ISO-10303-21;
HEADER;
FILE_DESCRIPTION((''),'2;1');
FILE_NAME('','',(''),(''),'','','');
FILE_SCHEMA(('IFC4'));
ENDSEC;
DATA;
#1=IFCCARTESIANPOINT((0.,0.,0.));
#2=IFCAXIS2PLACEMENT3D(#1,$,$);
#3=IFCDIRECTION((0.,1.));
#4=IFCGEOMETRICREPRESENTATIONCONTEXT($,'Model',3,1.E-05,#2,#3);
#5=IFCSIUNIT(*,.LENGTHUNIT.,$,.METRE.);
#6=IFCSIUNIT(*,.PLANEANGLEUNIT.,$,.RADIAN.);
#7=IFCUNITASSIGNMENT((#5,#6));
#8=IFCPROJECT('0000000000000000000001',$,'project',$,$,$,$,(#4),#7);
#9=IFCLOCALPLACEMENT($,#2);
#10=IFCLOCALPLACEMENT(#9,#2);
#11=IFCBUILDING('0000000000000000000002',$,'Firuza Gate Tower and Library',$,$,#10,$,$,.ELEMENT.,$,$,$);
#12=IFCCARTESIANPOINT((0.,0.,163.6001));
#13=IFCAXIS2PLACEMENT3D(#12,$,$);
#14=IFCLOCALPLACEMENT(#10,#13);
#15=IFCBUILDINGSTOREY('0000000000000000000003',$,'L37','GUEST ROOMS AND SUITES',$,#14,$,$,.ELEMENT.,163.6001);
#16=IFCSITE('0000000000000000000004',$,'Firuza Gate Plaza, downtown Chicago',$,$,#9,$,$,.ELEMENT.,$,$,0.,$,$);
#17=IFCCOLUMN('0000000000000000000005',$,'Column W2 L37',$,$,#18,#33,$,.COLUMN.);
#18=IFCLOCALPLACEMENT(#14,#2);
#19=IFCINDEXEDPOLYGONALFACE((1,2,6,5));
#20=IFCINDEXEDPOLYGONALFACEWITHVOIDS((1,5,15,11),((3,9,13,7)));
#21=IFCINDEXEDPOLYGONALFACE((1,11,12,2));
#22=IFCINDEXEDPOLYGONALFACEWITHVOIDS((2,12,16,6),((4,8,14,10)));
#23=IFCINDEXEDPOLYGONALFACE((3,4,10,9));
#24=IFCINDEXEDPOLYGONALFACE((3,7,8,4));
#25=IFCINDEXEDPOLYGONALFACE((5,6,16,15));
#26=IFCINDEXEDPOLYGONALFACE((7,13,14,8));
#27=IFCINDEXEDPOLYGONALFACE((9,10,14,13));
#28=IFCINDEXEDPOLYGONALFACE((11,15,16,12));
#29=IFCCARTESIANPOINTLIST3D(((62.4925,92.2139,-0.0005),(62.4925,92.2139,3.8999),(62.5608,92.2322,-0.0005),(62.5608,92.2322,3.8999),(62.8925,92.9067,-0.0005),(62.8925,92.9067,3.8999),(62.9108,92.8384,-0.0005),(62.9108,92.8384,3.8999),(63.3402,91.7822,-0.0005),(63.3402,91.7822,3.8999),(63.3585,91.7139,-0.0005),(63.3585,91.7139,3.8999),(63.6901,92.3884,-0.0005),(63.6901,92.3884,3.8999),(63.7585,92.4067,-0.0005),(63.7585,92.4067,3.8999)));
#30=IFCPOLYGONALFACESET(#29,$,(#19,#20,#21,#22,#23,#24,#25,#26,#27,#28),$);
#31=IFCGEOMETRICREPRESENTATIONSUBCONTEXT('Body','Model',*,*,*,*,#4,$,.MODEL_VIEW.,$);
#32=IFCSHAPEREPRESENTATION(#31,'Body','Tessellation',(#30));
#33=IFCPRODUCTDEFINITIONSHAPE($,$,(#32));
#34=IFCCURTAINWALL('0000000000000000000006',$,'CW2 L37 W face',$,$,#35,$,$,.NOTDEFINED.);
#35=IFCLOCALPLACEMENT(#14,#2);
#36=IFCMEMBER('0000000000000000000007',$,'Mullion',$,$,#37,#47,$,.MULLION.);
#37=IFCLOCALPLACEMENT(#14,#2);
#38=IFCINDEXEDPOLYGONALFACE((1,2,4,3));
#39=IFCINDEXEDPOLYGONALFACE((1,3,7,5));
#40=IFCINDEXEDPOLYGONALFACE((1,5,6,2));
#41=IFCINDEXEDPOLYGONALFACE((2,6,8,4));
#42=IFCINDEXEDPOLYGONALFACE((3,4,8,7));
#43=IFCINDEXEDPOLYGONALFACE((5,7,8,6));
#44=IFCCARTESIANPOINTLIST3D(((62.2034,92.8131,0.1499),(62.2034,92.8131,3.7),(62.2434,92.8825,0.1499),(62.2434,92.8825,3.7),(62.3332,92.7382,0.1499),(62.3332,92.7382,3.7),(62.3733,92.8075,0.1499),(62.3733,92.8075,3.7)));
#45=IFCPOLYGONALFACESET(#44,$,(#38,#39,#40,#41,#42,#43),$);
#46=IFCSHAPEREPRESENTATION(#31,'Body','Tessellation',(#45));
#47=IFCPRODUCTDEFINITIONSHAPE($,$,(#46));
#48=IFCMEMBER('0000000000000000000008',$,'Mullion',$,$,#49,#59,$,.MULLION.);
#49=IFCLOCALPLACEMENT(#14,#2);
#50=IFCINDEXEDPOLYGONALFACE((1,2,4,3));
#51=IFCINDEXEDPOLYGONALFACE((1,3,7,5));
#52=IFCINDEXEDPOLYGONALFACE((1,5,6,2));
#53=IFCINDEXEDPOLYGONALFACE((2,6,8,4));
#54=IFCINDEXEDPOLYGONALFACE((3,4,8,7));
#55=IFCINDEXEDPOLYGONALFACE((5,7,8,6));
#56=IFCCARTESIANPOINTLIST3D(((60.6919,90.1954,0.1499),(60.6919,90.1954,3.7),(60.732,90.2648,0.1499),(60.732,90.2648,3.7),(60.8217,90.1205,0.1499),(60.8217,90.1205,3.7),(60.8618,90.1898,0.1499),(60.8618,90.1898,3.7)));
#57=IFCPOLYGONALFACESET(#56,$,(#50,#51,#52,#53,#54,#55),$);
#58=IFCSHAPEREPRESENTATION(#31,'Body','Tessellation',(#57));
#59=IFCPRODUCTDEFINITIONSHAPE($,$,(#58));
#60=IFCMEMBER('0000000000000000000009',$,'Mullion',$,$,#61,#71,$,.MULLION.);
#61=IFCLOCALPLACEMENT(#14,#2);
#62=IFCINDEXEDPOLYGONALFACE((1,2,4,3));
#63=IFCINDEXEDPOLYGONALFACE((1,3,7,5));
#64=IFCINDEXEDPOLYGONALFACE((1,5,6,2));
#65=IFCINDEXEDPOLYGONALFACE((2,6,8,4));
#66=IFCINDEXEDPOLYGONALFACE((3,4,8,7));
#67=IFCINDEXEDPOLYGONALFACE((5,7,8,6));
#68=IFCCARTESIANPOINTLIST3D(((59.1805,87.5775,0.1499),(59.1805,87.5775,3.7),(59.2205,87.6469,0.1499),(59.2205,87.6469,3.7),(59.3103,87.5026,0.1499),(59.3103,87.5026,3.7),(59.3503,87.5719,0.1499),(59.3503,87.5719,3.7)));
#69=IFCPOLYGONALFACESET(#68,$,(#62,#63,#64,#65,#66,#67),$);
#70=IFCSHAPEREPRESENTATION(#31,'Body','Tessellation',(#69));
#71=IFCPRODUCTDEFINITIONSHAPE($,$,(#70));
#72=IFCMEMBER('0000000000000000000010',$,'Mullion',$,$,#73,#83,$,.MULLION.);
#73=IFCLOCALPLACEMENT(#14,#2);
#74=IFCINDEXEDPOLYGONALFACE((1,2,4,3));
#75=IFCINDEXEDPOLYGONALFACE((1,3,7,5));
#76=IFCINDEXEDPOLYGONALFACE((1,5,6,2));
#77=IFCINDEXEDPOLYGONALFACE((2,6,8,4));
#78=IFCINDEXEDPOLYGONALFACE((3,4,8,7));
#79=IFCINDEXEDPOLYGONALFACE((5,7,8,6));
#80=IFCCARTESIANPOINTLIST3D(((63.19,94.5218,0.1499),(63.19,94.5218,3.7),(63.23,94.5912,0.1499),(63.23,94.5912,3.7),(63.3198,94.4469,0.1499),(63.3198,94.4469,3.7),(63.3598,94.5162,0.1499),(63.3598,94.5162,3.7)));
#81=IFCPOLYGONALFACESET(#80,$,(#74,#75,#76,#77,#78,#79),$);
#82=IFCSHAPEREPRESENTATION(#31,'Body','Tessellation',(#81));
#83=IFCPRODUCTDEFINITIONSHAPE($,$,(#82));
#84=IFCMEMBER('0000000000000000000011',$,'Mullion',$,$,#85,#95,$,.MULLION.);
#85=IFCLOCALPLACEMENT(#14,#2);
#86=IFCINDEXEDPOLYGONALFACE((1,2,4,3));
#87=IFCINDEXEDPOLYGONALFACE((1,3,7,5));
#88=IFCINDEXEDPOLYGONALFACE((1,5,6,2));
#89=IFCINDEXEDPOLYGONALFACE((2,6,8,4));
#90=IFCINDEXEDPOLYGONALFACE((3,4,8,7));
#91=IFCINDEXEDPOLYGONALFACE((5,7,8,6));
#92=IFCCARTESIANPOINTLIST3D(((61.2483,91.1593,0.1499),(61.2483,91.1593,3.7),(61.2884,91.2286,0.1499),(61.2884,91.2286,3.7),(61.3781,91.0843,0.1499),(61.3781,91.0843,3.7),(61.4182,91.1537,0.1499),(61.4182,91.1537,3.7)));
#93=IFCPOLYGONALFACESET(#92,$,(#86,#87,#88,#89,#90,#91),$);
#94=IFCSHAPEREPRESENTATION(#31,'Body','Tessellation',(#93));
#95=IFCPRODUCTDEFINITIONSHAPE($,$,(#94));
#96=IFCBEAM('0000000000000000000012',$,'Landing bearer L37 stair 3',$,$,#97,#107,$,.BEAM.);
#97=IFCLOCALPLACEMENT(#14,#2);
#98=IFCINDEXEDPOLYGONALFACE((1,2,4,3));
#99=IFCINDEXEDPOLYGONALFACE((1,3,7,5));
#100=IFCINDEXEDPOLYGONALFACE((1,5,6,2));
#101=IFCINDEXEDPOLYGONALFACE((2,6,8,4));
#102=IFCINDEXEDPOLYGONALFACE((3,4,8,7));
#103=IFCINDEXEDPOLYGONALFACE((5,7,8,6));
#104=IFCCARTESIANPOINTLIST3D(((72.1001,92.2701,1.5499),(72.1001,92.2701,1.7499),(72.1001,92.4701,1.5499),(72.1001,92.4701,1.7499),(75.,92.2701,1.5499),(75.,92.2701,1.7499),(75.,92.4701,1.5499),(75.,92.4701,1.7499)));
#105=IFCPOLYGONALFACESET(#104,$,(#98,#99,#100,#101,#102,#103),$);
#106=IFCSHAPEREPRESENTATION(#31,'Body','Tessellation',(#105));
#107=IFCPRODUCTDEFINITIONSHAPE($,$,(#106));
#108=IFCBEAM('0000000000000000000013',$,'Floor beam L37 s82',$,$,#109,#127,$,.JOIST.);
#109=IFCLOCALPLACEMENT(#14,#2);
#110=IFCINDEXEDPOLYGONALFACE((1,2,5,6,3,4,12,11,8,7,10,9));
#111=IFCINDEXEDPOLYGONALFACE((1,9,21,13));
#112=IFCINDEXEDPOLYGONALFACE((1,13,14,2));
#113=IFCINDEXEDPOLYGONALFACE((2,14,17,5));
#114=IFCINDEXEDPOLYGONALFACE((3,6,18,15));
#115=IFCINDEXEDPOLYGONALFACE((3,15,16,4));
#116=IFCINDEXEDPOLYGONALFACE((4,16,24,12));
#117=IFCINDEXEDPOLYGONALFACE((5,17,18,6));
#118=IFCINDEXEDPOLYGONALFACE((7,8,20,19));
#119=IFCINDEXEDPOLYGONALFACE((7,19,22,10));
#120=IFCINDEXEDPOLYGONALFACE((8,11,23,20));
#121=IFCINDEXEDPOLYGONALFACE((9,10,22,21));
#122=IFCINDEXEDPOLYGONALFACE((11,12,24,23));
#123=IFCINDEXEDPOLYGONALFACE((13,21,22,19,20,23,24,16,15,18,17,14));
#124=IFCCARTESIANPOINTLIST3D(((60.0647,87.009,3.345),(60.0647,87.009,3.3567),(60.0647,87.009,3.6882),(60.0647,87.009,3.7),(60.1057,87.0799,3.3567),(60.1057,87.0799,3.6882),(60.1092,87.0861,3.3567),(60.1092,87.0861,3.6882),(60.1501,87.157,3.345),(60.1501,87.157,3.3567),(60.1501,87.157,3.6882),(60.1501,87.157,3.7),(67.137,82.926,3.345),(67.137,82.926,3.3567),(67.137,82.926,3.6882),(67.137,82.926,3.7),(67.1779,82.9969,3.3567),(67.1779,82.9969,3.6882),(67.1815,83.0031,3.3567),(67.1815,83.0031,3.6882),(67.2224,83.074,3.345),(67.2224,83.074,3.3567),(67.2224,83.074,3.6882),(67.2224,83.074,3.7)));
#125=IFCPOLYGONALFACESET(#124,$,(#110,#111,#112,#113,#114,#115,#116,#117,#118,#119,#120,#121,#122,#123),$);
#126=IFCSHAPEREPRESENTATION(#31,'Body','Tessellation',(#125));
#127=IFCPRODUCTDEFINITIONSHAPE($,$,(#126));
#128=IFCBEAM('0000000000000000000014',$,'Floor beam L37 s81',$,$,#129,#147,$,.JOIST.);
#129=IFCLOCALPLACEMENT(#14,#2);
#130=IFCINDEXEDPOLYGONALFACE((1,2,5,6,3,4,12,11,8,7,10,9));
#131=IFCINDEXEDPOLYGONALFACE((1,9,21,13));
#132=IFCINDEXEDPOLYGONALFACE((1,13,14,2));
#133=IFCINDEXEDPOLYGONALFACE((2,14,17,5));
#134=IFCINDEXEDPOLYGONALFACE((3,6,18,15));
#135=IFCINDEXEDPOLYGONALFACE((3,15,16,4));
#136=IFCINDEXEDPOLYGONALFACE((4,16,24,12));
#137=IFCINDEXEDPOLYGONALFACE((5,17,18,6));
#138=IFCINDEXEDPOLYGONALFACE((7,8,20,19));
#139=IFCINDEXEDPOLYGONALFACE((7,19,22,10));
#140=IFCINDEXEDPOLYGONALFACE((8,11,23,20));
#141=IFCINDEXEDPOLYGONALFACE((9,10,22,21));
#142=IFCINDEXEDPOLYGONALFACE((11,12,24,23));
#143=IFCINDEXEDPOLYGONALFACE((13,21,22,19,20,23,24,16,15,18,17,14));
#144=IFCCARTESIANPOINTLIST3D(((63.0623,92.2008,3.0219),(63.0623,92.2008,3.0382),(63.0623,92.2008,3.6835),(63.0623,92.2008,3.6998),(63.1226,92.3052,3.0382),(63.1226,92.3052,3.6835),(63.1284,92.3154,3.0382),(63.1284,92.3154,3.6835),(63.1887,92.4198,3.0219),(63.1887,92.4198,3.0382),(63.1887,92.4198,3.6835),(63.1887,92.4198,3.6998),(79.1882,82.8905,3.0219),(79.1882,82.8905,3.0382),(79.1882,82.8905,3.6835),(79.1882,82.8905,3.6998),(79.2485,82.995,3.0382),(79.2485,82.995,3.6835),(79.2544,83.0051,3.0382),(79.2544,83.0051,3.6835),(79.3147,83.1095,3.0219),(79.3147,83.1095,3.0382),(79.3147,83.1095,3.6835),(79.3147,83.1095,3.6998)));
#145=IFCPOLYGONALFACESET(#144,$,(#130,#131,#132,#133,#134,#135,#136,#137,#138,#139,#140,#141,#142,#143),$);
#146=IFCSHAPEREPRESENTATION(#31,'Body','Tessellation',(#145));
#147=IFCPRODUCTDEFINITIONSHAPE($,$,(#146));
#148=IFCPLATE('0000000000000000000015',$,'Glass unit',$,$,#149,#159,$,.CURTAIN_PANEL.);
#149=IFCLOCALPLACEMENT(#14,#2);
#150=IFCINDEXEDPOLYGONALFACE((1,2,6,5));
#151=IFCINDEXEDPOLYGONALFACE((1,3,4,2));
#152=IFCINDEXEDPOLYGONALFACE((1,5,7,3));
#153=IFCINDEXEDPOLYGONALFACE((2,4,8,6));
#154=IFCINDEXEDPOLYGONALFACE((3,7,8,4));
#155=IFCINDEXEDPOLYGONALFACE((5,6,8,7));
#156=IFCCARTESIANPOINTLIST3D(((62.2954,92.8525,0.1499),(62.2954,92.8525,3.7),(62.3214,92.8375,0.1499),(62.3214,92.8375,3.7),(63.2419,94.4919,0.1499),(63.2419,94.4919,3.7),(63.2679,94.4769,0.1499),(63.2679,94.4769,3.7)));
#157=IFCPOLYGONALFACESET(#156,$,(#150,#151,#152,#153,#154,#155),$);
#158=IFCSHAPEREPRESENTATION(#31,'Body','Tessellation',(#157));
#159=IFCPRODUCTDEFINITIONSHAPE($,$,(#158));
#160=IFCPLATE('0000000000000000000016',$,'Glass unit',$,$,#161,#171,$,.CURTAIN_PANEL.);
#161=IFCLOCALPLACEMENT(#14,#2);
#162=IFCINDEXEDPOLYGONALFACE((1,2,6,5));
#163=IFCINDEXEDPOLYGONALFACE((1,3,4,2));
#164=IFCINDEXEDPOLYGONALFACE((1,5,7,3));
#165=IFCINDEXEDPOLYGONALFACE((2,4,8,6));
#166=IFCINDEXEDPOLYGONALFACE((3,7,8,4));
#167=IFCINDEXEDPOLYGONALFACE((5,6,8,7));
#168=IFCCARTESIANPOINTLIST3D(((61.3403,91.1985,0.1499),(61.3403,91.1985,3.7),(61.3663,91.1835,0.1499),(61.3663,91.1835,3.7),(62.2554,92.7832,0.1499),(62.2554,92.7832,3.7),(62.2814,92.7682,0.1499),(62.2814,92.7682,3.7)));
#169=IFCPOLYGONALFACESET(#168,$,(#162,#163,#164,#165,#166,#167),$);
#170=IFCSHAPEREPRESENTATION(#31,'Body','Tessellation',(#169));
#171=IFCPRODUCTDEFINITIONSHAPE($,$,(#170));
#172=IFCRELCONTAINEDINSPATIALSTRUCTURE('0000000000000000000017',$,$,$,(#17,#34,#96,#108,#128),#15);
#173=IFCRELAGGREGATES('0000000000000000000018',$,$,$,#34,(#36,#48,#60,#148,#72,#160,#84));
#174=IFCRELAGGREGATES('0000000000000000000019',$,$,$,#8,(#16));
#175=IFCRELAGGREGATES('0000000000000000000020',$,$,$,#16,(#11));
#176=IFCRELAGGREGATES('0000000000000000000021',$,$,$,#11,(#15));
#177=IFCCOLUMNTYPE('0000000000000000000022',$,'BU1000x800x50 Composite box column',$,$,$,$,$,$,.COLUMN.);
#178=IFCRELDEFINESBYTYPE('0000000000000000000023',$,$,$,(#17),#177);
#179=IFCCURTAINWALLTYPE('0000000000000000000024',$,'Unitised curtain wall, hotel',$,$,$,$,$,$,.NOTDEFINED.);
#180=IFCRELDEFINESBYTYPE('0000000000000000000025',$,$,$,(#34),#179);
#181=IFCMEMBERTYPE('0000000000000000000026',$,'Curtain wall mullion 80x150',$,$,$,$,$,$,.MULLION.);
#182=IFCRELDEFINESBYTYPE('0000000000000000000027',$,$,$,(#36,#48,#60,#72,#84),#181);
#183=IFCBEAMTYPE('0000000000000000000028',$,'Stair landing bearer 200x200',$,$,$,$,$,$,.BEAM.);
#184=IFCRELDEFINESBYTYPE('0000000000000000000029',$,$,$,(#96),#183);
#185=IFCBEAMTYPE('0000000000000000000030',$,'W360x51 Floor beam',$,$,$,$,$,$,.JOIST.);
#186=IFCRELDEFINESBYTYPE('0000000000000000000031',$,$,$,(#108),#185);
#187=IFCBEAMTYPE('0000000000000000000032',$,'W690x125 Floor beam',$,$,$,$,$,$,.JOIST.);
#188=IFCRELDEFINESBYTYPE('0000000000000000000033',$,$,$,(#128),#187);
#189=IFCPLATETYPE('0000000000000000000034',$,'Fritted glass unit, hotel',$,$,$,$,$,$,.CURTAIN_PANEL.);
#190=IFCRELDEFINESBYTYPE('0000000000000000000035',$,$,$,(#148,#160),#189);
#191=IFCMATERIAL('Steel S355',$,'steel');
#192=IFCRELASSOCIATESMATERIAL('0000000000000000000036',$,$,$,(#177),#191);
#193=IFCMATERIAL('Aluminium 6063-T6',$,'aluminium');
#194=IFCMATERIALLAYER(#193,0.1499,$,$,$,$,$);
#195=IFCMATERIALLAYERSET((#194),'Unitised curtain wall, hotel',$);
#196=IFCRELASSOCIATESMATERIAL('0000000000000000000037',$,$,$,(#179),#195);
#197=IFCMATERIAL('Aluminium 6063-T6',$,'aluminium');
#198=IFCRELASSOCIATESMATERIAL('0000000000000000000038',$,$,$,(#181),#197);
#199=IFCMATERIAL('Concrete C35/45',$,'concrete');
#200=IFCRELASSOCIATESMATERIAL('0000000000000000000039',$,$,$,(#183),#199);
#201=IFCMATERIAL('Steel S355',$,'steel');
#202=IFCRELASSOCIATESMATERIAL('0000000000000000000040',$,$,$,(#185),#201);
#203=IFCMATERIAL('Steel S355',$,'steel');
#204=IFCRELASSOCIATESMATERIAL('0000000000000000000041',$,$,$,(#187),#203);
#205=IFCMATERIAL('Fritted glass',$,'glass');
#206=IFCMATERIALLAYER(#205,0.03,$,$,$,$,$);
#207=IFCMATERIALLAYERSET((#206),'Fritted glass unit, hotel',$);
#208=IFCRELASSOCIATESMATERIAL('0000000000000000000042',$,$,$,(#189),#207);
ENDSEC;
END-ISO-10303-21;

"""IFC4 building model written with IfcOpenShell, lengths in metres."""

from ifc_helpers import new_model, si_unit, direction, frame, origin, origin_2d, place, context, subcontext, project, spatial, polyline, rectangle, hollow_rectangle, i_section, outline, extrude, material, layer, layer_set, material_profile, profile_set, type_object, element, aggregate, save


model = new_model("IFC4")

# Units and contexts
model_context = context("Model", 3, precision=1e-05, world=origin(), true_north=direction((0.0, 1.0)))
body_context = subcontext(model_context, "Body", "Model", "MODEL_VIEW")
ifc_project = project(units=[si_unit("LENGTHUNIT", "METRE"), si_unit("PLANEANGLEUNIT", "RADIAN")], contexts=[model_context])

# Site, building, storey
site_placement = place(None, origin())
site = spatial("IfcSite", under=ifc_project, at=site_placement, Name="Firuza Gate Plaza, downtown Chicago", CompositionType="ELEMENT", RefElevation=0.0)
building_placement = place(site_placement, origin())
building = spatial("IfcBuilding", under=site, at=building_placement, Name="Firuza Gate Tower and Library", CompositionType="ELEMENT")
storey_placement = place(building_placement, frame((0.0, 0.0, 163.6001)))
storey = spatial("IfcBuildingStorey", under=building, at=storey_placement, Name="L37", Description="GUEST ROOMS AND SUITES", CompositionType="ELEMENT", Elevation=163.6001)

# Column
ifc_material_1 = material(Name="Steel S355", Category="steel")
ifc_material_profile_1 = material_profile(ifc_material_1, hollow_rectangle(XDim=0.8, YDim=1.0, WallThickness=0.05, at=origin_2d()))
ifc_profile_set_1 = profile_set([ifc_material_profile_1], Name="Steel S355")
column_type = type_object("IfcColumnType", Name="BU1000x800x50 Composite box column", PredefinedType="COLUMN", material=ifc_profile_set_1)
column_placement = place(storey_placement, frame((63.1255, 92.3103, -0.0005), z_axis=(0.0, 0.0, 1.0), x_axis=(-0.5, -0.866025, 0.0)))
element("IfcColumn", 1, at=column_placement, inside=storey, type_object=column_type, Name="Column W2 L37", PredefinedType="COLUMN", context=body_context, shape_type="SweptSolid", body=[
    extrude(hollow_rectangle(XDim=0.8, YDim=1.0, WallThickness=0.05, at=origin_2d()), origin(), (0.0, 0.0, 1.0), 3.9004),
])

# Curtain wall, members
ifc_material_2 = material(Name="Aluminium 6063-T6", Category="aluminium")
ifc_layer_1 = layer(ifc_material_2, 0.1499)
ifc_layer_set_1 = layer_set([ifc_layer_1], Name="Unitised curtain wall, hotel")
curtain_wall_type = type_object("IfcCurtainWallType", Name="Unitised curtain wall, hotel", PredefinedType="NOTDEFINED", material=ifc_layer_set_1)
placement = place(storey_placement, origin())
curtain_wall = element("IfcCurtainWall", 2, at=placement, inside=storey, type_object=curtain_wall_type, Name="CW2 L37 W face", PredefinedType="NOTDEFINED")
ifc_material_3 = material(Name="Aluminium 6063-T6", Category="aluminium")
ifc_material_profile_2 = material_profile(ifc_material_3, rectangle(XDim=0.1499, YDim=0.0801, at=origin_2d()))
ifc_profile_set_2 = profile_set([ifc_material_profile_2], Name="Aluminium 6063-T6")
member_type = type_object("IfcMemberType", Name="Curtain wall mullion 80x150", PredefinedType="MULLION", material=ifc_profile_set_2)
member_1_placement = place(storey_placement, frame((62.2883, 92.8103, 0.1499), z_axis=(0.0, 0.0, 1.0), x_axis=(0.866025, -0.5, 0.0)))
member_1 = element("IfcMember", 3, at=member_1_placement, type_object=member_type, Name="Mullion", PredefinedType="MULLION", context=body_context, shape_type="SweptSolid", body=[
    extrude(rectangle(XDim=0.1499, YDim=0.0801, at=origin_2d()), origin(), (0.0, 0.0, 1.0), 3.55),
])
member_2_placement = place(storey_placement, frame((60.7769, 90.1926, 0.1499), z_axis=(0.0, 0.0, 1.0), x_axis=(0.866025, -0.5, 0.0)))
member_2 = element("IfcMember", 4, at=member_2_placement, type_object=member_type, Name="Mullion", PredefinedType="MULLION", context=body_context, shape_type="SweptSolid", body=[
    extrude(rectangle(XDim=0.1499, YDim=0.0801, at=origin_2d()), origin(), (0.0, 0.0, 1.0), 3.55),
])
member_3_placement = place(storey_placement, frame((59.2654, 87.5747, 0.1499), z_axis=(0.0, 0.0, 1.0), x_axis=(0.866025, -0.5, 0.0)))
member_3 = element("IfcMember", 5, at=member_3_placement, type_object=member_type, Name="Mullion", PredefinedType="MULLION", context=body_context, shape_type="SweptSolid", body=[
    extrude(rectangle(XDim=0.1499, YDim=0.0801, at=origin_2d()), origin(), (0.0, 0.0, 1.0), 3.55),
])
member_4_placement = place(storey_placement, frame((63.2749, 94.519, 0.1499), z_axis=(0.0, 0.0, 1.0), x_axis=(0.866025, -0.5, 0.0)))
member_4 = element("IfcMember", 6, at=member_4_placement, type_object=member_type, Name="Mullion", PredefinedType="MULLION", context=body_context, shape_type="SweptSolid", body=[
    extrude(rectangle(XDim=0.1499, YDim=0.0801, at=origin_2d()), origin(), (0.0, 0.0, 1.0), 3.55),
])
member_5_placement = place(storey_placement, frame((61.3333, 91.1565, 0.1499), z_axis=(0.0, 0.0, 1.0), x_axis=(0.866025, -0.5, 0.0)))
member_5 = element("IfcMember", 7, at=member_5_placement, type_object=member_type, Name="Mullion", PredefinedType="MULLION", context=body_context, shape_type="SweptSolid", body=[
    extrude(rectangle(XDim=0.1499, YDim=0.0801, at=origin_2d()), origin(), (0.0, 0.0, 1.0), 3.55),
])

# Beams
ifc_material_4 = material(Name="Concrete C35/45", Category="concrete")
ifc_material_profile_3 = material_profile(ifc_material_4, rectangle(XDim=0.2, YDim=0.2, at=origin_2d()))
ifc_profile_set_3 = profile_set([ifc_material_profile_3], Name="Concrete C35/45")
beam_type_1 = type_object("IfcBeamType", Name="Stair landing bearer 200x200", PredefinedType="BEAM", material=ifc_profile_set_3)
beam_1_placement = place(storey_placement, frame((75.0, 92.3701, 1.6499), z_axis=(-1.0, 0.0, 0.0), x_axis=(0.0, -1.0, 0.0)))
element("IfcBeam", 8, at=beam_1_placement, inside=storey, type_object=beam_type_1, Name="Landing bearer L37 stair 3", PredefinedType="BEAM", context=body_context, shape_type="SweptSolid", body=[
    extrude(rectangle(XDim=0.2, YDim=0.2, at=origin_2d()), origin(), (0.0, 0.0, 1.0), 2.8999),
])
ifc_material_5 = material(Name="Steel S355", Category="steel")
ifc_material_profile_4 = material_profile(ifc_material_5, i_section(OverallWidth=0.1709, OverallDepth=0.355, WebThickness=0.0071, FlangeThickness=0.0117, at=origin_2d()))
ifc_profile_set_4 = profile_set([ifc_material_profile_4], Name="Steel S355")
beam_type_2 = type_object("IfcBeamType", Name="W360x51 Floor beam", PredefinedType="JOIST", material=ifc_profile_set_4)
beam_2_placement = place(storey_placement, frame((60.1074, 87.083, 3.5225), z_axis=(0.866034, -0.499985, 0.0), x_axis=(0.499985, 0.866034, 0.0)))
element("IfcBeam", 9, at=beam_2_placement, inside=storey, type_object=beam_type_2, Name="Floor beam L37 s82", PredefinedType="JOIST", context=body_context, shape_type="SweptSolid", body=[
    extrude(i_section(OverallWidth=0.1709, OverallDepth=0.355, WebThickness=0.0071, FlangeThickness=0.0117, at=origin_2d()), origin(), (0.0, 0.0, 1.0), 8.1663),
])
ifc_material_6 = material(Name="Steel S355", Category="steel")
ifc_material_profile_5 = material_profile(ifc_material_6, i_section(OverallWidth=0.2529, OverallDepth=0.678, WebThickness=0.0117, FlangeThickness=0.0164, at=origin_2d()))
ifc_profile_set_5 = profile_set([ifc_material_profile_5], Name="Steel S355")
beam_type_3 = type_object("IfcBeamType", Name="W690x125 Floor beam", PredefinedType="JOIST", material=ifc_profile_set_5)
beam_3_placement = place(storey_placement, frame((63.1255, 92.3103, 3.3608), z_axis=(0.866026, -0.499999, 0.0), x_axis=(0.499999, 0.866026, 0.0)))
element("IfcBeam", 10, at=beam_3_placement, inside=storey, type_object=beam_type_3, Name="Floor beam L37 s81", PredefinedType="JOIST", context=body_context, shape_type="SweptSolid", body=[
    extrude(i_section(OverallWidth=0.2529, OverallDepth=0.678, WebThickness=0.0117, FlangeThickness=0.0164, at=origin_2d()), origin(), (0.0, 0.0, 1.0), 18.6206),
])

# Plates
ifc_material_7 = material(Name="Fritted glass", Category="glass")
ifc_layer_2 = layer(ifc_material_7, 0.03)
ifc_layer_set_2 = layer_set([ifc_layer_2], Name="Fritted glass unit, hotel")
plate_type_1 = type_object("IfcPlateType", Name="Fritted glass unit, hotel", PredefinedType="CURTAIN_PANEL", material=ifc_layer_set_2)
plate_1_placement = place(storey_placement, frame((63.2419, 94.4919, 0.1499), z_axis=(-0.86602, 0.500009, 0.0), x_axis=(-0.500009, -0.86602, 0.0)))
plate_1 = element("IfcPlate", 11, at=plate_1_placement, type_object=plate_type_1, Name="Glass unit", PredefinedType="CURTAIN_PANEL", context=body_context, shape_type="SweptSolid", body=[
    extrude(outline(polyline([(0.0, 0.0), (1.893, 0.0), (1.893, 3.55), (0.0, 3.55), (0.0, 0.0)])), origin(), (0.0, 0.0, -1.0), 0.03),
])
plate_2_placement = place(storey_placement, frame((62.2554, 92.7832, 0.1499), z_axis=(-0.866001, 0.500042, 0.0), x_axis=(-0.500042, -0.866001, 0.0)))
plate_2 = element("IfcPlate", 12, at=plate_2_placement, type_object=plate_type_1, Name="Glass unit", PredefinedType="CURTAIN_PANEL", context=body_context, shape_type="SweptSolid", body=[
    extrude(outline(polyline([(0.0, 0.0), (1.8299, 0.0), (1.8299, 3.55), (0.0, 3.55), (0.0, 0.0)])), origin(), (0.0, 0.0, -1.0), 0.03),
])
aggregate(curtain_wall, [member_1, member_2, member_3, plate_1, member_4, plate_2, member_5])

save(model, "model.ifc")
